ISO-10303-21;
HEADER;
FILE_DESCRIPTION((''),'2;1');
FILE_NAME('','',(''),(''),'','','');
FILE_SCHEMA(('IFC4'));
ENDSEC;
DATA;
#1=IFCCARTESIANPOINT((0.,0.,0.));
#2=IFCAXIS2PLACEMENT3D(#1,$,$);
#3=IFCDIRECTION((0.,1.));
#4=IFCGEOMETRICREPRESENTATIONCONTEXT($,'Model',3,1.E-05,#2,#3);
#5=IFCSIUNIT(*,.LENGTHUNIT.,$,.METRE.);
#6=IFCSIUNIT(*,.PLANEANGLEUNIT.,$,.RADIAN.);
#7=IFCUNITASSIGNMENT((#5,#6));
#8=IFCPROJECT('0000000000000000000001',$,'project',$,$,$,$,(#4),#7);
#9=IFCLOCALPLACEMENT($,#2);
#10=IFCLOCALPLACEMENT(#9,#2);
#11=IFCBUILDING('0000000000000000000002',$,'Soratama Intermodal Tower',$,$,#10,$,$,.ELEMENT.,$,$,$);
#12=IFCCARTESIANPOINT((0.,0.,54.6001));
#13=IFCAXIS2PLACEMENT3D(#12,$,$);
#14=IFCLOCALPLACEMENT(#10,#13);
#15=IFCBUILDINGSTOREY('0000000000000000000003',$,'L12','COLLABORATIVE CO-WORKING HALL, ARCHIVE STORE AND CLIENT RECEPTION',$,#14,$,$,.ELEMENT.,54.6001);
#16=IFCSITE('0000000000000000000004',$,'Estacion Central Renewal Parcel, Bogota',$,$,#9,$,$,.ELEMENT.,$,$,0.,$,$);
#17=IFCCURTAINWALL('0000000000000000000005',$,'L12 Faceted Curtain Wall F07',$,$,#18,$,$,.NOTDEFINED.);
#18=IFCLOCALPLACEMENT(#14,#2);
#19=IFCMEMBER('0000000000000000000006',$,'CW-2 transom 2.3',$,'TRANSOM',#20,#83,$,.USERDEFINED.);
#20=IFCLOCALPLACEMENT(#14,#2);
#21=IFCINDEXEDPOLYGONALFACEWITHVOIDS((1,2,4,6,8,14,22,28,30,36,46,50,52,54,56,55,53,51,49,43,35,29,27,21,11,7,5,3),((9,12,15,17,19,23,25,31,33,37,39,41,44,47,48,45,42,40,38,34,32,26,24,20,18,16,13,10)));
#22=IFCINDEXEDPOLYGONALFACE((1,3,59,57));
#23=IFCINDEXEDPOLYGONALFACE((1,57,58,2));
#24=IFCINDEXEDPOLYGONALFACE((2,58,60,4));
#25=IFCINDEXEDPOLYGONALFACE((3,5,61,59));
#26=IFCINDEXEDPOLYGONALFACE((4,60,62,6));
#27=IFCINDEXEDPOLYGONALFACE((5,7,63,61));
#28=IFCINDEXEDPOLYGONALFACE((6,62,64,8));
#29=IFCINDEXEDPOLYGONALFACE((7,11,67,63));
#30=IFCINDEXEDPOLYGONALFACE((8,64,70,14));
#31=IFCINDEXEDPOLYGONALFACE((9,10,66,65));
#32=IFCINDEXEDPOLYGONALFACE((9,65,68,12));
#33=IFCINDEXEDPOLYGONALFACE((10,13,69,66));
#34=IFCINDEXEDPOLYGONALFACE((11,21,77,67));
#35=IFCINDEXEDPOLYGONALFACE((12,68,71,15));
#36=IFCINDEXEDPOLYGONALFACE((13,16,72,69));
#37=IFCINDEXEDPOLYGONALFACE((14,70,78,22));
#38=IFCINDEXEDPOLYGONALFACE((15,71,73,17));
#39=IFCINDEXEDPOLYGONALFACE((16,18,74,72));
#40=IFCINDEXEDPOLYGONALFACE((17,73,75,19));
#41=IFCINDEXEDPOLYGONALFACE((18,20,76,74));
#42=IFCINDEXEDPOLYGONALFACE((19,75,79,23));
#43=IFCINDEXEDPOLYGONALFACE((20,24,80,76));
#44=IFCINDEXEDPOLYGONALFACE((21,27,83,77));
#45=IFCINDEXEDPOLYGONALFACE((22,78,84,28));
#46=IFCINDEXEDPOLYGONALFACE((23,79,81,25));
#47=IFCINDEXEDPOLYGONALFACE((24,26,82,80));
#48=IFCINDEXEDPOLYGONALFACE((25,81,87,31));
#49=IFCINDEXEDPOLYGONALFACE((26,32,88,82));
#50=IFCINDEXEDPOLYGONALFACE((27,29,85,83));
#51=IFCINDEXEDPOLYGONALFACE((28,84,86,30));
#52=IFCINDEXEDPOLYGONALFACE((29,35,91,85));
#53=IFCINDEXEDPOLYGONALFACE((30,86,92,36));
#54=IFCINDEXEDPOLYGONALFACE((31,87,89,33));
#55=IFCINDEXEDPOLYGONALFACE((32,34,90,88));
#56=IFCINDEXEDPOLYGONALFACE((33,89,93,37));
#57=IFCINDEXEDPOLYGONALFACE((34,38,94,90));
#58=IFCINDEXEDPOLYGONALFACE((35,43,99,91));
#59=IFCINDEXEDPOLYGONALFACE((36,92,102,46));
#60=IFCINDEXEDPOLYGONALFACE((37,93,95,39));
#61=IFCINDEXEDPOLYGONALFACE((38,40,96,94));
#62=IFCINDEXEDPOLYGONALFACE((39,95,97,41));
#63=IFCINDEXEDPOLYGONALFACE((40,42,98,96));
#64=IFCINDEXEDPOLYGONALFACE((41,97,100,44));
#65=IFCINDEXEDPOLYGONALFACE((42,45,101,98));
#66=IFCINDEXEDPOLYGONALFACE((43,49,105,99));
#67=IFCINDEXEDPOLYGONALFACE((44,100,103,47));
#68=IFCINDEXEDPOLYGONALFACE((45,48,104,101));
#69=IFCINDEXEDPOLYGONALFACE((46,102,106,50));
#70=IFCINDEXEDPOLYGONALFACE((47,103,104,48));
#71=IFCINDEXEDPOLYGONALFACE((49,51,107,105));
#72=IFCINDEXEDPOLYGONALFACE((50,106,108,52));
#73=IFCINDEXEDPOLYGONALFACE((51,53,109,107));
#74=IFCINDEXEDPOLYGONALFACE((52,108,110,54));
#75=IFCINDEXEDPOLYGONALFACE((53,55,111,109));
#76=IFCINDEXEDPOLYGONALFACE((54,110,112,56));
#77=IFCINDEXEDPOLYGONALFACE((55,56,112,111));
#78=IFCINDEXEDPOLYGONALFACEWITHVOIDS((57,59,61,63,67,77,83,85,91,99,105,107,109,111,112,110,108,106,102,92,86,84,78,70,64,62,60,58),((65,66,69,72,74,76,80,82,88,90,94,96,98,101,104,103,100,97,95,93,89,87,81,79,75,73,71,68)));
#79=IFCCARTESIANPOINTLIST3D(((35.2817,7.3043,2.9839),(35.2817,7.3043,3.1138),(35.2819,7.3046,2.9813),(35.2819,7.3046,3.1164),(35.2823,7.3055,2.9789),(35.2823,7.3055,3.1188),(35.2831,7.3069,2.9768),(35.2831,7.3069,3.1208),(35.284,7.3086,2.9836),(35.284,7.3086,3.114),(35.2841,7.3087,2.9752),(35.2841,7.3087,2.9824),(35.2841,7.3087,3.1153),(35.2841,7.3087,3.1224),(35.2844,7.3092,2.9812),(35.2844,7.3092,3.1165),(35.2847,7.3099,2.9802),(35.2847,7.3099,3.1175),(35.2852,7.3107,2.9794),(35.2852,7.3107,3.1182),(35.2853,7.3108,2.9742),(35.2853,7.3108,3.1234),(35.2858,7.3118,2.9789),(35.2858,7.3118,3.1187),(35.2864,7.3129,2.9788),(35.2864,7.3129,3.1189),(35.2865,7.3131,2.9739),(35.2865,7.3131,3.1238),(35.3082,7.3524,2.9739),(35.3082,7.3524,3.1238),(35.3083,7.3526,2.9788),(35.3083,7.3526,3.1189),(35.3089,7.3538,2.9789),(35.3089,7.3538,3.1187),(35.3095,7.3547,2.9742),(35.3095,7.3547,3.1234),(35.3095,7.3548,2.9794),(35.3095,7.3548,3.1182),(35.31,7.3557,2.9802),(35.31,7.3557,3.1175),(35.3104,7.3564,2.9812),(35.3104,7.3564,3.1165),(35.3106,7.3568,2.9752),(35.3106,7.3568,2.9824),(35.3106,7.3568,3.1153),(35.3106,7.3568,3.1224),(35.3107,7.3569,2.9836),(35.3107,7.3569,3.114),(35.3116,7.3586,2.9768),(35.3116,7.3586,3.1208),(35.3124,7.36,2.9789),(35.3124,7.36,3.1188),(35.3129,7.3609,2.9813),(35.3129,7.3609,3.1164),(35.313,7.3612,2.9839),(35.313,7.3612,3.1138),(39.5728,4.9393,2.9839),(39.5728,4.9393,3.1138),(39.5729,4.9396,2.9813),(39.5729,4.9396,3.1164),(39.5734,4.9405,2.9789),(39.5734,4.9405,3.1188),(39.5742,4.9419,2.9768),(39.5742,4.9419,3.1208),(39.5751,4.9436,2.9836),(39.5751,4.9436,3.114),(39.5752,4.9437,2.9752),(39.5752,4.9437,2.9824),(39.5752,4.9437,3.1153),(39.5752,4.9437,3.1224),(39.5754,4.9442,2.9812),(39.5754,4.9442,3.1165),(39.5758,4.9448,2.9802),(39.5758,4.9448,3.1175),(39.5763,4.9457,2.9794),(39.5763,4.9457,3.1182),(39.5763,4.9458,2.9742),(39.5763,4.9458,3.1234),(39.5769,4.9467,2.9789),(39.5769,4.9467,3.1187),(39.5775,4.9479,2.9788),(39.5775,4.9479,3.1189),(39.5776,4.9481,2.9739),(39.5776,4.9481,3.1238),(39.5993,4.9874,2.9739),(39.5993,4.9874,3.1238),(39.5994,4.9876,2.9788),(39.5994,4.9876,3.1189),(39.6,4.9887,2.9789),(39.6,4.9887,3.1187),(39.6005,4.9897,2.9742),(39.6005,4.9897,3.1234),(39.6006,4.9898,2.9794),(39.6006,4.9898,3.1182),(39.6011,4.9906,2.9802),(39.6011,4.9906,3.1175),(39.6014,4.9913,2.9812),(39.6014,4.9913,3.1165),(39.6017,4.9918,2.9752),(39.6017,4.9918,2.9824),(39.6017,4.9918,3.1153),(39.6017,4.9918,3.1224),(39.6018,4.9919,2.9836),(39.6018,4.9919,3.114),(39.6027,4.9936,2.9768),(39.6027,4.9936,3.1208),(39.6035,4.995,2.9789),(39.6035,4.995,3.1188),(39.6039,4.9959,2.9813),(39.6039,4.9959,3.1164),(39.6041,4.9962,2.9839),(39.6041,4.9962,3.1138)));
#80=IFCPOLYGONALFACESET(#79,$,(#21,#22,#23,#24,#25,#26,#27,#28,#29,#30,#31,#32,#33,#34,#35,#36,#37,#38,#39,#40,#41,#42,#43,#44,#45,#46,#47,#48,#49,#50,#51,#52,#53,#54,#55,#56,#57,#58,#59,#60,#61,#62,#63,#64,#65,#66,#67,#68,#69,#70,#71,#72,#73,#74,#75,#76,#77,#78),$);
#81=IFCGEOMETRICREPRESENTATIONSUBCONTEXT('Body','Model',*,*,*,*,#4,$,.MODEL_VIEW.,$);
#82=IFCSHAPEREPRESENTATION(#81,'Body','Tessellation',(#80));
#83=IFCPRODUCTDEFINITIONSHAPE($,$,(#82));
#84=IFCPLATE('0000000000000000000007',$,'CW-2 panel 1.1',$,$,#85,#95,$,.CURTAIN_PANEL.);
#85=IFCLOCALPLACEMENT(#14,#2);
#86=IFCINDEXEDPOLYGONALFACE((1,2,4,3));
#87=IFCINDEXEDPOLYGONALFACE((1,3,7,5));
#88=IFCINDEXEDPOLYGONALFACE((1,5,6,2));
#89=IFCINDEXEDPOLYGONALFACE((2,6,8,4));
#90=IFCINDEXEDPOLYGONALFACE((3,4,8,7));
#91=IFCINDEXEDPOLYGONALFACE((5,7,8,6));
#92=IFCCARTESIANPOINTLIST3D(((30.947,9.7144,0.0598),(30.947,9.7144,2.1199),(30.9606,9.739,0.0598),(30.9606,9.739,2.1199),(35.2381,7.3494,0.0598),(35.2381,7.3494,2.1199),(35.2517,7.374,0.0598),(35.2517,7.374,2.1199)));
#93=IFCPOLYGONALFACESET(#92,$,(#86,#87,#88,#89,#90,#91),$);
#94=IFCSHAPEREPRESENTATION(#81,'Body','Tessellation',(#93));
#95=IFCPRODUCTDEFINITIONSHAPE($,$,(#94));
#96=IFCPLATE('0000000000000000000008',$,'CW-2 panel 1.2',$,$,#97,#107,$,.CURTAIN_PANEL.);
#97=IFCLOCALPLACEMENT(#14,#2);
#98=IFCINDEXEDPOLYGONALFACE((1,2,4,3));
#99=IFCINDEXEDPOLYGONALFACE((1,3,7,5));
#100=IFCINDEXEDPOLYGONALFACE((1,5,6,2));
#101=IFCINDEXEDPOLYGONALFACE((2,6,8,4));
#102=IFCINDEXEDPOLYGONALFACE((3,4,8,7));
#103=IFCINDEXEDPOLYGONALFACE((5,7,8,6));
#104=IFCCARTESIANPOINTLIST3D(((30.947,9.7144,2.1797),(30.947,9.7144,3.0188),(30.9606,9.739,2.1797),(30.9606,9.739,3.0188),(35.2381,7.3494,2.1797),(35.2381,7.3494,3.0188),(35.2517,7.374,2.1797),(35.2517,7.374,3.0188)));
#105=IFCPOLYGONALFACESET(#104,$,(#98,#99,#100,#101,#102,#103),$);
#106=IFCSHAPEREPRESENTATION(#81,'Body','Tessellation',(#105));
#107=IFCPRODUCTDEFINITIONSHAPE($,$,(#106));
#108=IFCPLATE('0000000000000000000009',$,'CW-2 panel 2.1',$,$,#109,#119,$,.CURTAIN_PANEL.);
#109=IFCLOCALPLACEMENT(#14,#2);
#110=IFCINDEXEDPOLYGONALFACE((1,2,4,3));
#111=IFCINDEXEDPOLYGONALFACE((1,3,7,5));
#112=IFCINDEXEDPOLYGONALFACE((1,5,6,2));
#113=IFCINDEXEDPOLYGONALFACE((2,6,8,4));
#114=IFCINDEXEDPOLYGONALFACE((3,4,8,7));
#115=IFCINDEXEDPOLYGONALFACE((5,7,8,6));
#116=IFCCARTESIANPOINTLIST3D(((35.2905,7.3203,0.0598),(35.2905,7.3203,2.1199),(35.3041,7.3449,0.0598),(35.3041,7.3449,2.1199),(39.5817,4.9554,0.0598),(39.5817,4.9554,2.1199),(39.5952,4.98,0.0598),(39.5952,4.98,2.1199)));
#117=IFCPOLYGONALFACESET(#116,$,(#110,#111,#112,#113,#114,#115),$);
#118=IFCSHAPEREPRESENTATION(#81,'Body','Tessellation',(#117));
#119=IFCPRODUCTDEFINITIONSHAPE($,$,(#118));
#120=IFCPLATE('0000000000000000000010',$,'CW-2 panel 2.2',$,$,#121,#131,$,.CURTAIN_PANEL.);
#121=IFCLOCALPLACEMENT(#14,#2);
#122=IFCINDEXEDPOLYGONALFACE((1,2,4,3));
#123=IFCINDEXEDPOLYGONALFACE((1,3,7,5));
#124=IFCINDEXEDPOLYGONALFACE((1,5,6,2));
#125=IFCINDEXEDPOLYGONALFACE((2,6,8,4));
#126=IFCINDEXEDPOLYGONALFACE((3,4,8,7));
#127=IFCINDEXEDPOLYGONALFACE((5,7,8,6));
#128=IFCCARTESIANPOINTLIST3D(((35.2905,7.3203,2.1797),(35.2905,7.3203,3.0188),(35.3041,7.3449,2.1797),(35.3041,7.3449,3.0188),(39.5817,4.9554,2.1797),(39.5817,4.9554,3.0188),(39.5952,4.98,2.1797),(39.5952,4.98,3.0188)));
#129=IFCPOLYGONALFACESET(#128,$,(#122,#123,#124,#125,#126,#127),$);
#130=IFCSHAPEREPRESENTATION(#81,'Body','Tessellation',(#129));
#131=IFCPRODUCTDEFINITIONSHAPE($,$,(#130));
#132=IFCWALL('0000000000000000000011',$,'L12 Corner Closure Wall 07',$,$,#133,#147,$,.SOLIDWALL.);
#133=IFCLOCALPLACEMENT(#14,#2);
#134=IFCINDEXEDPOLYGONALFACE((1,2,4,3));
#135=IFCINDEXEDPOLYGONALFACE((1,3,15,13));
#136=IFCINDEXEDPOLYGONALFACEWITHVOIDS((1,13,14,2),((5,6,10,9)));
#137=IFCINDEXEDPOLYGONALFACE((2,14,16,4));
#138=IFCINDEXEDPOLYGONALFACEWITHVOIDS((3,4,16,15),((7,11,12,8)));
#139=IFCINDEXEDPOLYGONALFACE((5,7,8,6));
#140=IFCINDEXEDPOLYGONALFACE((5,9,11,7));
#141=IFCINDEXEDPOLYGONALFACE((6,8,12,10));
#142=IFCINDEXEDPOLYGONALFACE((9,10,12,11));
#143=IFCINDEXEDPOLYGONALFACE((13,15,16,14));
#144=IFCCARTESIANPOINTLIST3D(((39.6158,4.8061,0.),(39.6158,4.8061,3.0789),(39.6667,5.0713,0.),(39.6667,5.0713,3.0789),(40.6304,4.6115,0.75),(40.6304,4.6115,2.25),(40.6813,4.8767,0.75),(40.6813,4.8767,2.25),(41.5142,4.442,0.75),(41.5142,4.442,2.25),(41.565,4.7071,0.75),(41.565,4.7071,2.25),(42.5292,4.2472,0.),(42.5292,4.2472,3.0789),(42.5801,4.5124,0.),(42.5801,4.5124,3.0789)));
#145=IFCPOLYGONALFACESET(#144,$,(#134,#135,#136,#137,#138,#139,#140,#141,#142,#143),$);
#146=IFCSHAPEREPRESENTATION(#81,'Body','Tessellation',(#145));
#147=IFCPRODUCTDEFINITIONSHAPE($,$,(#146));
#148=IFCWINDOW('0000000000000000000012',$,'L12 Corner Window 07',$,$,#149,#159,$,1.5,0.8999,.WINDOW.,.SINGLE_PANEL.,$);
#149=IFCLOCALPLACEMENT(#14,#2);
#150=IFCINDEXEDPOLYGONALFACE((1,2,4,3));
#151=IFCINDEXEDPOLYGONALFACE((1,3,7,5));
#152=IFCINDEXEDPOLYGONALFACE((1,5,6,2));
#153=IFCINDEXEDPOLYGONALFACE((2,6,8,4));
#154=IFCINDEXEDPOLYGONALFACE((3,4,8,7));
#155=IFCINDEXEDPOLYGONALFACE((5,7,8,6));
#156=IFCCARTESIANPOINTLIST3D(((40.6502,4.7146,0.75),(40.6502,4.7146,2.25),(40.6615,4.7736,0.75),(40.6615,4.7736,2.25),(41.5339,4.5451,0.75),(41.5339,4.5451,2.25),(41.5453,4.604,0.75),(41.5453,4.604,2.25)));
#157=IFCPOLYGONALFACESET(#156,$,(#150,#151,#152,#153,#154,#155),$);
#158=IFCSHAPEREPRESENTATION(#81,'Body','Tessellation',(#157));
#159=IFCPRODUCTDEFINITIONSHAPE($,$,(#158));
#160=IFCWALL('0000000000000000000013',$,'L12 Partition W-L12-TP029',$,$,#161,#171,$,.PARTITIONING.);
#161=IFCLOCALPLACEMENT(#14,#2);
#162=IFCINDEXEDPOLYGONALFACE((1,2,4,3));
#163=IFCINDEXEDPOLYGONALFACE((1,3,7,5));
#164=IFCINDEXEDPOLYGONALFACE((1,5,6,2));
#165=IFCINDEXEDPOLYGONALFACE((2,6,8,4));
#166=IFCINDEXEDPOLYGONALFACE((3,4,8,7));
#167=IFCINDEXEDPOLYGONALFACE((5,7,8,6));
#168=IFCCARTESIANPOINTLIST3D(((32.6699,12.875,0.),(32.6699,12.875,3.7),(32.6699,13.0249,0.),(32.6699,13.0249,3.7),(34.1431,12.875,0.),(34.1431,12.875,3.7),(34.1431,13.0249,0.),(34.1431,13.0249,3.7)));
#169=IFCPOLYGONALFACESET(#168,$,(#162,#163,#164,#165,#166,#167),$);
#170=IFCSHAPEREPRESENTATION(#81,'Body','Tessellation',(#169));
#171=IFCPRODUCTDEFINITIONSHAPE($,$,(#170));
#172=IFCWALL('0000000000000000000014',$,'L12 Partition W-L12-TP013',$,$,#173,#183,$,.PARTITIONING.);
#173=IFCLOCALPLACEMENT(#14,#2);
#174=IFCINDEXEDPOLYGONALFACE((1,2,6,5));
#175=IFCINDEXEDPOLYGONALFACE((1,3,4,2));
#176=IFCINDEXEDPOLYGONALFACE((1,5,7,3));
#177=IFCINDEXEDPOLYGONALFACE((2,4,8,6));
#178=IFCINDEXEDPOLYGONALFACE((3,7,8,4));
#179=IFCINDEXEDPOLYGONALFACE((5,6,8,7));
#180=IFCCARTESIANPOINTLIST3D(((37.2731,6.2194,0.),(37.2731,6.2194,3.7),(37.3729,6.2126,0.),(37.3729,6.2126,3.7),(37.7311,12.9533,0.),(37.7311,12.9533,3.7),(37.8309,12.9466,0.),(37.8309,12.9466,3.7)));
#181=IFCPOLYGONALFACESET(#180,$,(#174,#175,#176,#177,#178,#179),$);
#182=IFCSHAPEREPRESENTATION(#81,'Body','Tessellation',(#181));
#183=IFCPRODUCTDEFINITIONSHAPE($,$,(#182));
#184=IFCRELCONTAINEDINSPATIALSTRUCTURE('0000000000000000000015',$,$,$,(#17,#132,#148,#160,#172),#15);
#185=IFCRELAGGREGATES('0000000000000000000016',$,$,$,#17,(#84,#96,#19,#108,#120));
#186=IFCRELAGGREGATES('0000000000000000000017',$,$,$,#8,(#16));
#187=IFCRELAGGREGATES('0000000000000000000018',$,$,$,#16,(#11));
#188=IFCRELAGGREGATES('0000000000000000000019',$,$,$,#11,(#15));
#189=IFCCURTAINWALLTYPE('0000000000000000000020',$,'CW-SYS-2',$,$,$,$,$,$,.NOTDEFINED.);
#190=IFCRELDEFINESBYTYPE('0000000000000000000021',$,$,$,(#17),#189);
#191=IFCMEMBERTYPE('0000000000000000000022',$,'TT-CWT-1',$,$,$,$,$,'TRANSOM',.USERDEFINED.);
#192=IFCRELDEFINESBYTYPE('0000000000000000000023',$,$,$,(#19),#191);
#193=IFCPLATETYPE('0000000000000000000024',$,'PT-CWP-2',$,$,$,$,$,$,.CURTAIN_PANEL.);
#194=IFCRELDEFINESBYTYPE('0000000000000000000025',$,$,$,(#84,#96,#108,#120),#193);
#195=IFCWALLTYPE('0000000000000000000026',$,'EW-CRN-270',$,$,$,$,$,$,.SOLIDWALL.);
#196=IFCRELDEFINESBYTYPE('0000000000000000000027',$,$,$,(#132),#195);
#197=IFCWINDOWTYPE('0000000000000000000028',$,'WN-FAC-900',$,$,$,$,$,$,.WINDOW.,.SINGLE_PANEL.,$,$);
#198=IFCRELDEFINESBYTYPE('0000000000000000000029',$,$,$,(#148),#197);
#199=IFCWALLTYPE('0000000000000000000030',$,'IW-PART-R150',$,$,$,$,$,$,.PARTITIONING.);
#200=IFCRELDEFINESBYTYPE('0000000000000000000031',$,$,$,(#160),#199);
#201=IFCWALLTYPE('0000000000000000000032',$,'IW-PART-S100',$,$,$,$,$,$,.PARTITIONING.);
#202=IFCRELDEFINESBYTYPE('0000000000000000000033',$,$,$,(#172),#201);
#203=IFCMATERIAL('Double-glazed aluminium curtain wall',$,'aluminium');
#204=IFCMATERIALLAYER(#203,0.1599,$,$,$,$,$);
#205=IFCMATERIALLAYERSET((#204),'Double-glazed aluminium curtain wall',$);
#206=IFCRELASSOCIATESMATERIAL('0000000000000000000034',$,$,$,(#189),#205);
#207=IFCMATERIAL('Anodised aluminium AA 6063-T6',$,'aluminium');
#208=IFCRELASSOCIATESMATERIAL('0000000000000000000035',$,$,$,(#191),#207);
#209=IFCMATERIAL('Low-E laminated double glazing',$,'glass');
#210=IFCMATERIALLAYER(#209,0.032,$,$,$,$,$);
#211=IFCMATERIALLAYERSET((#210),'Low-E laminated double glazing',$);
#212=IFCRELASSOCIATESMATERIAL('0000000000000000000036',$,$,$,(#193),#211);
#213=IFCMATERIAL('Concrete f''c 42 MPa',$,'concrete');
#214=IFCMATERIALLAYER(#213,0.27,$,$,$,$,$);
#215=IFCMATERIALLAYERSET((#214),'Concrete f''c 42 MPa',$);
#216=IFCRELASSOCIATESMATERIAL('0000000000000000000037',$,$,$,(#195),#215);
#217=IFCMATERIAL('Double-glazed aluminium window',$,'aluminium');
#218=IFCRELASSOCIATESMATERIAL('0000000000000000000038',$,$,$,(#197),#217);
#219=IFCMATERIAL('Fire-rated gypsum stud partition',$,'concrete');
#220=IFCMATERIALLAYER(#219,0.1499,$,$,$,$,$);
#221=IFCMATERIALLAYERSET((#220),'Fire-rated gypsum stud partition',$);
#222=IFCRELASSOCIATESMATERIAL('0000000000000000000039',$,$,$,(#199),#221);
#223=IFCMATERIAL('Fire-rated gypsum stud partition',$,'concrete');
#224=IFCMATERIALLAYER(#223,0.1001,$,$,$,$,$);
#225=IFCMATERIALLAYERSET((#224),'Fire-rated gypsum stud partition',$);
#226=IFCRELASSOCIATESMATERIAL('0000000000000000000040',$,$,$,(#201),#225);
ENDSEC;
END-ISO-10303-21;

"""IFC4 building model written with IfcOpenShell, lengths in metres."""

from ifc_helpers import new_model, si_unit, direction, frame, frame_2d, origin, origin_2d, place, context, subcontext, project, spatial, rectangle, hollow_rectangle, extrude, material, layer, layer_set, material_profile, profile_set, type_object, element, fill, aggregate, save


model = new_model("IFC4")

# Units and contexts
model_context = context("Model", 3, precision=1e-05, world=origin(), true_north=direction((0.0, 1.0)))
body_context = subcontext(model_context, "Body", "Model", "MODEL_VIEW")
ifc_project = project(units=[si_unit("LENGTHUNIT", "METRE"), si_unit("PLANEANGLEUNIT", "RADIAN")], contexts=[model_context])

# Site, building, storey
site_placement = place(None, origin())
site = spatial("IfcSite", under=ifc_project, at=site_placement, Name="Estacion Central Renewal Parcel, Bogota", CompositionType="ELEMENT", RefElevation=0.0)
building_placement = place(site_placement, origin())
building = spatial("IfcBuilding", under=site, at=building_placement, Name="Soratama Intermodal Tower", CompositionType="ELEMENT")
storey_placement = place(building_placement, frame((0.0, 0.0, 54.6001)))
storey = spatial("IfcBuildingStorey", under=building, at=storey_placement, Name="L12", Description="COLLABORATIVE CO-WORKING HALL, ARCHIVE STORE AND CLIENT RECEPTION", CompositionType="ELEMENT", Elevation=54.6001)

# Curtain wall, member, plates
ifc_material_1 = material(Name="Double-glazed aluminium curtain wall", Category="aluminium")
ifc_layer_1 = layer(ifc_material_1, 0.1599)
ifc_layer_set_1 = layer_set([ifc_layer_1], Name="Double-glazed aluminium curtain wall")
curtain_wall_type = type_object("IfcCurtainWallType", Name="CW-SYS-2", PredefinedType="NOTDEFINED", material=ifc_layer_set_1)
curtain_wall_placement = place(storey_placement, origin())
curtain_wall = element("IfcCurtainWall", 1, at=curtain_wall_placement, inside=storey, type_object=curtain_wall_type, Name="L12 Faceted Curtain Wall F07", PredefinedType="NOTDEFINED")
ifc_material_2 = material(Name="Anodised aluminium AA 6063-T6", Category="aluminium")
ifc_material_profile_1 = material_profile(ifc_material_2, hollow_rectangle(XDim=0.0649, YDim=0.1499, WallThickness=0.0049, InnerFilletRadius=0.0049, OuterFilletRadius=0.01, at=origin_2d()), Name="CWT150X65X5")
ifc_profile_set_1 = profile_set([ifc_material_profile_1], Name="Anodised aluminium AA 6063-T6")
member_type_1 = type_object("IfcMemberType", Name="TT-CWT-1", ElementType="TRANSOM", PredefinedType="USERDEFINED", material=ifc_profile_set_1)
member_1_placement = place(storey_placement, frame((35.2974, 7.3328, 3.0488), z_axis=(0.875791, -0.482691, 0.0), x_axis=(0.482691, 0.875791, 0.0)))
member_1 = element("IfcMember", 2, at=member_1_placement, type_object=member_type_1, Name="CW-2 transom 2.3", ObjectType="TRANSOM", PredefinedType="USERDEFINED", context=body_context, shape_type="SweptSolid", body=[
    extrude(hollow_rectangle(XDim=0.0649, YDim=0.1499, WallThickness=0.0049, InnerFilletRadius=0.0049, OuterFilletRadius=0.01, at=origin_2d()), origin(), (0.0, 0.0, 1.0), 4.8997),
])
ifc_material_3 = material(Name="Low-E laminated double glazing", Category="glass")
ifc_layer_2 = layer(ifc_material_3, 0.032)
ifc_layer_set_2 = layer_set([ifc_layer_2], Name="Low-E laminated double glazing")
plate_type = type_object("IfcPlateType", Name="PT-CWP-2", PredefinedType="CURTAIN_PANEL", material=ifc_layer_set_2)
plate_1_placement = place(storey_placement, frame((33.0994, 8.5442, 0.0598), z_axis=(0.0, 0.0, 1.0), x_axis=(0.875798, -0.482678, 0.0)))
plate_1 = element("IfcPlate", 3, at=plate_1_placement, type_object=plate_type, Name="CW-2 panel 1.1", PredefinedType="CURTAIN_PANEL", context=body_context, shape_type="SweptSolid", body=[
    extrude(rectangle(XDim=4.8997, YDim=0.0281, at=origin_2d()), origin(), (0.0, 0.0, 1.0), 2.0601),
])
plate_2_placement = place(storey_placement, frame((33.0994, 8.5442, 2.1797), z_axis=(0.0, 0.0, 1.0), x_axis=(0.875798, -0.482678, 0.0)))
plate_2 = element("IfcPlate", 4, at=plate_2_placement, type_object=plate_type, Name="CW-2 panel 1.2", PredefinedType="CURTAIN_PANEL", context=body_context, shape_type="SweptSolid", body=[
    extrude(rectangle(XDim=4.8997, YDim=0.0281, at=origin_2d()), origin(), (0.0, 0.0, 1.0), 0.8391),
])
plate_3_placement = place(storey_placement, frame((37.4429, 6.1501, 0.0598), z_axis=(0.0, 0.0, 1.0), x_axis=(0.875798, -0.482678, 0.0)))
plate_3 = element("IfcPlate", 5, at=plate_3_placement, type_object=plate_type, Name="CW-2 panel 2.1", PredefinedType="CURTAIN_PANEL", context=body_context, shape_type="SweptSolid", body=[
    extrude(rectangle(XDim=4.8997, YDim=0.0281, at=origin_2d()), origin(), (0.0, 0.0, 1.0), 2.0601),
])
plate_4_placement = place(storey_placement, frame((37.4429, 6.1501, 2.1797), z_axis=(0.0, 0.0, 1.0), x_axis=(0.875798, -0.482678, 0.0)))
plate_4 = element("IfcPlate", 6, at=plate_4_placement, type_object=plate_type, Name="CW-2 panel 2.2", PredefinedType="CURTAIN_PANEL", context=body_context, shape_type="SweptSolid", body=[
    extrude(rectangle(XDim=4.8997, YDim=0.0281, at=origin_2d()), origin(), (0.0, 0.0, 1.0), 0.8391),
])
aggregate(curtain_wall, [plate_1, plate_2, member_1, plate_3, plate_4])

# Wall, opening, window
ifc_material_4 = material(Name="Concrete f'c 42 MPa", Category="concrete")
ifc_layer_3 = layer(ifc_material_4, 0.27)
ifc_layer_set_3 = layer_set([ifc_layer_3], Name="Concrete f'c 42 MPa")
wall_type_1 = type_object("IfcWallType", Name="EW-CRN-270", PredefinedType="SOLIDWALL", material=ifc_layer_set_3)
wall_1_placement = place(storey_placement, frame((39.6411, 4.9387, 0.0), z_axis=(0.0, 0.0, 1.0), x_axis=(0.982095, -0.188386, 0.0)))
wall_1 = element("IfcWall", 7, at=wall_1_placement, inside=storey, type_object=wall_type_1, Name="L12 Corner Closure Wall 07", PredefinedType="SOLIDWALL", context=body_context, shape_type="SweptSolid", body=[
    extrude(rectangle(XDim=2.9666, YDim=0.27, at=frame_2d((1.4834, 0.0))), origin(), (0.0, 0.0, 1.0), 3.0789),
])
opening_1_placement = place(wall_1_placement, frame((1.0332, 0.0, 0.75)))
opening_1 = element("IfcOpeningElement", 8, at=opening_1_placement, cuts=wall_1, PredefinedType="OPENING", context=body_context, shape_type="SweptSolid", body=[
    extrude(rectangle(XDim=0.8999, YDim=1.5, at=frame_2d((0.45, 0.75))), frame((0.0, 0.145, 0.0), z_axis=(0.0, -1.0, 0.0), x_axis=(1.0, 0.0, 0.0)), (0.0, 0.0, 1.0), 0.29),
])
ifc_material_5 = material(Name="Double-glazed aluminium window", Category="aluminium")
window_type = type_object("IfcWindowType", Name="WN-FAC-900", PartitioningType="SINGLE_PANEL", PredefinedType="WINDOW", material=ifc_material_5)
window_placement = place(opening_1_placement, origin())
window = element("IfcWindow", 9, at=window_placement, inside=storey, type_object=window_type, Name="L12 Corner Window 07", OverallHeight=1.5, OverallWidth=0.8999, PartitioningType="SINGLE_PANEL", PredefinedType="WINDOW", context=body_context, shape_type="SweptSolid", body=[
    extrude(rectangle(XDim=0.8999, YDim=1.5, at=frame_2d((0.45, 0.75))), frame((0.0, 0.03, 0.0), z_axis=(0.0, -1.0, 0.0), x_axis=(1.0, 0.0, 0.0)), (0.0, 0.0, 1.0), 0.0601),
])
fill(opening_1, window)

# Shared definitions
ifc_material_6 = material(Name="Fire-rated gypsum stud partition", Category="concrete")
ifc_layer_4 = layer(ifc_material_6, 0.1499)
ifc_layer_set_4 = layer_set([ifc_layer_4], Name="Fire-rated gypsum stud partition")
wall_type_2 = type_object("IfcWallType", Name="IW-PART-R150", PredefinedType="PARTITIONING", material=ifc_layer_set_4)

# Walls
wall_2_placement = place(storey_placement, frame((34.1431, 12.95, 0.0), z_axis=(0.0, 0.0, 1.0), x_axis=(-1.0, 0.0, 0.0)))
element("IfcWall", 10, at=wall_2_placement, inside=storey, type_object=wall_type_2, Name="L12 Partition W-L12-TP029", PredefinedType="PARTITIONING", context=body_context, shape_type="SweptSolid", body=[
    extrude(rectangle(XDim=1.4731, YDim=0.1499, at=frame_2d((0.7366, 0.0))), origin(), (0.0, 0.0, 1.0), 3.7),
])
ifc_material_7 = material(Name="Fire-rated gypsum stud partition", Category="concrete")
ifc_layer_5 = layer(ifc_material_7, 0.1001)
ifc_layer_set_5 = layer_set([ifc_layer_5], Name="Fire-rated gypsum stud partition")
wall_type_3 = type_object("IfcWallType", Name="IW-PART-S100", PredefinedType="PARTITIONING", material=ifc_layer_set_5)
wall_3_placement = place(storey_placement, frame((37.781, 12.95, 0.0), z_axis=(0.0, 0.0, 1.0), x_axis=(-0.067859, -0.997695, 0.0)))
element("IfcWall", 11, at=wall_3_placement, inside=storey, type_object=wall_type_3, Name="L12 Partition W-L12-TP013", PredefinedType="PARTITIONING", context=body_context, shape_type="SweptSolid", body=[
    extrude(rectangle(XDim=6.7495, YDim=0.1001, at=frame_2d((3.3748, 0.0))), origin(), (0.0, 0.0, 1.0), 3.7),
])

save(model, "model.ifc")
